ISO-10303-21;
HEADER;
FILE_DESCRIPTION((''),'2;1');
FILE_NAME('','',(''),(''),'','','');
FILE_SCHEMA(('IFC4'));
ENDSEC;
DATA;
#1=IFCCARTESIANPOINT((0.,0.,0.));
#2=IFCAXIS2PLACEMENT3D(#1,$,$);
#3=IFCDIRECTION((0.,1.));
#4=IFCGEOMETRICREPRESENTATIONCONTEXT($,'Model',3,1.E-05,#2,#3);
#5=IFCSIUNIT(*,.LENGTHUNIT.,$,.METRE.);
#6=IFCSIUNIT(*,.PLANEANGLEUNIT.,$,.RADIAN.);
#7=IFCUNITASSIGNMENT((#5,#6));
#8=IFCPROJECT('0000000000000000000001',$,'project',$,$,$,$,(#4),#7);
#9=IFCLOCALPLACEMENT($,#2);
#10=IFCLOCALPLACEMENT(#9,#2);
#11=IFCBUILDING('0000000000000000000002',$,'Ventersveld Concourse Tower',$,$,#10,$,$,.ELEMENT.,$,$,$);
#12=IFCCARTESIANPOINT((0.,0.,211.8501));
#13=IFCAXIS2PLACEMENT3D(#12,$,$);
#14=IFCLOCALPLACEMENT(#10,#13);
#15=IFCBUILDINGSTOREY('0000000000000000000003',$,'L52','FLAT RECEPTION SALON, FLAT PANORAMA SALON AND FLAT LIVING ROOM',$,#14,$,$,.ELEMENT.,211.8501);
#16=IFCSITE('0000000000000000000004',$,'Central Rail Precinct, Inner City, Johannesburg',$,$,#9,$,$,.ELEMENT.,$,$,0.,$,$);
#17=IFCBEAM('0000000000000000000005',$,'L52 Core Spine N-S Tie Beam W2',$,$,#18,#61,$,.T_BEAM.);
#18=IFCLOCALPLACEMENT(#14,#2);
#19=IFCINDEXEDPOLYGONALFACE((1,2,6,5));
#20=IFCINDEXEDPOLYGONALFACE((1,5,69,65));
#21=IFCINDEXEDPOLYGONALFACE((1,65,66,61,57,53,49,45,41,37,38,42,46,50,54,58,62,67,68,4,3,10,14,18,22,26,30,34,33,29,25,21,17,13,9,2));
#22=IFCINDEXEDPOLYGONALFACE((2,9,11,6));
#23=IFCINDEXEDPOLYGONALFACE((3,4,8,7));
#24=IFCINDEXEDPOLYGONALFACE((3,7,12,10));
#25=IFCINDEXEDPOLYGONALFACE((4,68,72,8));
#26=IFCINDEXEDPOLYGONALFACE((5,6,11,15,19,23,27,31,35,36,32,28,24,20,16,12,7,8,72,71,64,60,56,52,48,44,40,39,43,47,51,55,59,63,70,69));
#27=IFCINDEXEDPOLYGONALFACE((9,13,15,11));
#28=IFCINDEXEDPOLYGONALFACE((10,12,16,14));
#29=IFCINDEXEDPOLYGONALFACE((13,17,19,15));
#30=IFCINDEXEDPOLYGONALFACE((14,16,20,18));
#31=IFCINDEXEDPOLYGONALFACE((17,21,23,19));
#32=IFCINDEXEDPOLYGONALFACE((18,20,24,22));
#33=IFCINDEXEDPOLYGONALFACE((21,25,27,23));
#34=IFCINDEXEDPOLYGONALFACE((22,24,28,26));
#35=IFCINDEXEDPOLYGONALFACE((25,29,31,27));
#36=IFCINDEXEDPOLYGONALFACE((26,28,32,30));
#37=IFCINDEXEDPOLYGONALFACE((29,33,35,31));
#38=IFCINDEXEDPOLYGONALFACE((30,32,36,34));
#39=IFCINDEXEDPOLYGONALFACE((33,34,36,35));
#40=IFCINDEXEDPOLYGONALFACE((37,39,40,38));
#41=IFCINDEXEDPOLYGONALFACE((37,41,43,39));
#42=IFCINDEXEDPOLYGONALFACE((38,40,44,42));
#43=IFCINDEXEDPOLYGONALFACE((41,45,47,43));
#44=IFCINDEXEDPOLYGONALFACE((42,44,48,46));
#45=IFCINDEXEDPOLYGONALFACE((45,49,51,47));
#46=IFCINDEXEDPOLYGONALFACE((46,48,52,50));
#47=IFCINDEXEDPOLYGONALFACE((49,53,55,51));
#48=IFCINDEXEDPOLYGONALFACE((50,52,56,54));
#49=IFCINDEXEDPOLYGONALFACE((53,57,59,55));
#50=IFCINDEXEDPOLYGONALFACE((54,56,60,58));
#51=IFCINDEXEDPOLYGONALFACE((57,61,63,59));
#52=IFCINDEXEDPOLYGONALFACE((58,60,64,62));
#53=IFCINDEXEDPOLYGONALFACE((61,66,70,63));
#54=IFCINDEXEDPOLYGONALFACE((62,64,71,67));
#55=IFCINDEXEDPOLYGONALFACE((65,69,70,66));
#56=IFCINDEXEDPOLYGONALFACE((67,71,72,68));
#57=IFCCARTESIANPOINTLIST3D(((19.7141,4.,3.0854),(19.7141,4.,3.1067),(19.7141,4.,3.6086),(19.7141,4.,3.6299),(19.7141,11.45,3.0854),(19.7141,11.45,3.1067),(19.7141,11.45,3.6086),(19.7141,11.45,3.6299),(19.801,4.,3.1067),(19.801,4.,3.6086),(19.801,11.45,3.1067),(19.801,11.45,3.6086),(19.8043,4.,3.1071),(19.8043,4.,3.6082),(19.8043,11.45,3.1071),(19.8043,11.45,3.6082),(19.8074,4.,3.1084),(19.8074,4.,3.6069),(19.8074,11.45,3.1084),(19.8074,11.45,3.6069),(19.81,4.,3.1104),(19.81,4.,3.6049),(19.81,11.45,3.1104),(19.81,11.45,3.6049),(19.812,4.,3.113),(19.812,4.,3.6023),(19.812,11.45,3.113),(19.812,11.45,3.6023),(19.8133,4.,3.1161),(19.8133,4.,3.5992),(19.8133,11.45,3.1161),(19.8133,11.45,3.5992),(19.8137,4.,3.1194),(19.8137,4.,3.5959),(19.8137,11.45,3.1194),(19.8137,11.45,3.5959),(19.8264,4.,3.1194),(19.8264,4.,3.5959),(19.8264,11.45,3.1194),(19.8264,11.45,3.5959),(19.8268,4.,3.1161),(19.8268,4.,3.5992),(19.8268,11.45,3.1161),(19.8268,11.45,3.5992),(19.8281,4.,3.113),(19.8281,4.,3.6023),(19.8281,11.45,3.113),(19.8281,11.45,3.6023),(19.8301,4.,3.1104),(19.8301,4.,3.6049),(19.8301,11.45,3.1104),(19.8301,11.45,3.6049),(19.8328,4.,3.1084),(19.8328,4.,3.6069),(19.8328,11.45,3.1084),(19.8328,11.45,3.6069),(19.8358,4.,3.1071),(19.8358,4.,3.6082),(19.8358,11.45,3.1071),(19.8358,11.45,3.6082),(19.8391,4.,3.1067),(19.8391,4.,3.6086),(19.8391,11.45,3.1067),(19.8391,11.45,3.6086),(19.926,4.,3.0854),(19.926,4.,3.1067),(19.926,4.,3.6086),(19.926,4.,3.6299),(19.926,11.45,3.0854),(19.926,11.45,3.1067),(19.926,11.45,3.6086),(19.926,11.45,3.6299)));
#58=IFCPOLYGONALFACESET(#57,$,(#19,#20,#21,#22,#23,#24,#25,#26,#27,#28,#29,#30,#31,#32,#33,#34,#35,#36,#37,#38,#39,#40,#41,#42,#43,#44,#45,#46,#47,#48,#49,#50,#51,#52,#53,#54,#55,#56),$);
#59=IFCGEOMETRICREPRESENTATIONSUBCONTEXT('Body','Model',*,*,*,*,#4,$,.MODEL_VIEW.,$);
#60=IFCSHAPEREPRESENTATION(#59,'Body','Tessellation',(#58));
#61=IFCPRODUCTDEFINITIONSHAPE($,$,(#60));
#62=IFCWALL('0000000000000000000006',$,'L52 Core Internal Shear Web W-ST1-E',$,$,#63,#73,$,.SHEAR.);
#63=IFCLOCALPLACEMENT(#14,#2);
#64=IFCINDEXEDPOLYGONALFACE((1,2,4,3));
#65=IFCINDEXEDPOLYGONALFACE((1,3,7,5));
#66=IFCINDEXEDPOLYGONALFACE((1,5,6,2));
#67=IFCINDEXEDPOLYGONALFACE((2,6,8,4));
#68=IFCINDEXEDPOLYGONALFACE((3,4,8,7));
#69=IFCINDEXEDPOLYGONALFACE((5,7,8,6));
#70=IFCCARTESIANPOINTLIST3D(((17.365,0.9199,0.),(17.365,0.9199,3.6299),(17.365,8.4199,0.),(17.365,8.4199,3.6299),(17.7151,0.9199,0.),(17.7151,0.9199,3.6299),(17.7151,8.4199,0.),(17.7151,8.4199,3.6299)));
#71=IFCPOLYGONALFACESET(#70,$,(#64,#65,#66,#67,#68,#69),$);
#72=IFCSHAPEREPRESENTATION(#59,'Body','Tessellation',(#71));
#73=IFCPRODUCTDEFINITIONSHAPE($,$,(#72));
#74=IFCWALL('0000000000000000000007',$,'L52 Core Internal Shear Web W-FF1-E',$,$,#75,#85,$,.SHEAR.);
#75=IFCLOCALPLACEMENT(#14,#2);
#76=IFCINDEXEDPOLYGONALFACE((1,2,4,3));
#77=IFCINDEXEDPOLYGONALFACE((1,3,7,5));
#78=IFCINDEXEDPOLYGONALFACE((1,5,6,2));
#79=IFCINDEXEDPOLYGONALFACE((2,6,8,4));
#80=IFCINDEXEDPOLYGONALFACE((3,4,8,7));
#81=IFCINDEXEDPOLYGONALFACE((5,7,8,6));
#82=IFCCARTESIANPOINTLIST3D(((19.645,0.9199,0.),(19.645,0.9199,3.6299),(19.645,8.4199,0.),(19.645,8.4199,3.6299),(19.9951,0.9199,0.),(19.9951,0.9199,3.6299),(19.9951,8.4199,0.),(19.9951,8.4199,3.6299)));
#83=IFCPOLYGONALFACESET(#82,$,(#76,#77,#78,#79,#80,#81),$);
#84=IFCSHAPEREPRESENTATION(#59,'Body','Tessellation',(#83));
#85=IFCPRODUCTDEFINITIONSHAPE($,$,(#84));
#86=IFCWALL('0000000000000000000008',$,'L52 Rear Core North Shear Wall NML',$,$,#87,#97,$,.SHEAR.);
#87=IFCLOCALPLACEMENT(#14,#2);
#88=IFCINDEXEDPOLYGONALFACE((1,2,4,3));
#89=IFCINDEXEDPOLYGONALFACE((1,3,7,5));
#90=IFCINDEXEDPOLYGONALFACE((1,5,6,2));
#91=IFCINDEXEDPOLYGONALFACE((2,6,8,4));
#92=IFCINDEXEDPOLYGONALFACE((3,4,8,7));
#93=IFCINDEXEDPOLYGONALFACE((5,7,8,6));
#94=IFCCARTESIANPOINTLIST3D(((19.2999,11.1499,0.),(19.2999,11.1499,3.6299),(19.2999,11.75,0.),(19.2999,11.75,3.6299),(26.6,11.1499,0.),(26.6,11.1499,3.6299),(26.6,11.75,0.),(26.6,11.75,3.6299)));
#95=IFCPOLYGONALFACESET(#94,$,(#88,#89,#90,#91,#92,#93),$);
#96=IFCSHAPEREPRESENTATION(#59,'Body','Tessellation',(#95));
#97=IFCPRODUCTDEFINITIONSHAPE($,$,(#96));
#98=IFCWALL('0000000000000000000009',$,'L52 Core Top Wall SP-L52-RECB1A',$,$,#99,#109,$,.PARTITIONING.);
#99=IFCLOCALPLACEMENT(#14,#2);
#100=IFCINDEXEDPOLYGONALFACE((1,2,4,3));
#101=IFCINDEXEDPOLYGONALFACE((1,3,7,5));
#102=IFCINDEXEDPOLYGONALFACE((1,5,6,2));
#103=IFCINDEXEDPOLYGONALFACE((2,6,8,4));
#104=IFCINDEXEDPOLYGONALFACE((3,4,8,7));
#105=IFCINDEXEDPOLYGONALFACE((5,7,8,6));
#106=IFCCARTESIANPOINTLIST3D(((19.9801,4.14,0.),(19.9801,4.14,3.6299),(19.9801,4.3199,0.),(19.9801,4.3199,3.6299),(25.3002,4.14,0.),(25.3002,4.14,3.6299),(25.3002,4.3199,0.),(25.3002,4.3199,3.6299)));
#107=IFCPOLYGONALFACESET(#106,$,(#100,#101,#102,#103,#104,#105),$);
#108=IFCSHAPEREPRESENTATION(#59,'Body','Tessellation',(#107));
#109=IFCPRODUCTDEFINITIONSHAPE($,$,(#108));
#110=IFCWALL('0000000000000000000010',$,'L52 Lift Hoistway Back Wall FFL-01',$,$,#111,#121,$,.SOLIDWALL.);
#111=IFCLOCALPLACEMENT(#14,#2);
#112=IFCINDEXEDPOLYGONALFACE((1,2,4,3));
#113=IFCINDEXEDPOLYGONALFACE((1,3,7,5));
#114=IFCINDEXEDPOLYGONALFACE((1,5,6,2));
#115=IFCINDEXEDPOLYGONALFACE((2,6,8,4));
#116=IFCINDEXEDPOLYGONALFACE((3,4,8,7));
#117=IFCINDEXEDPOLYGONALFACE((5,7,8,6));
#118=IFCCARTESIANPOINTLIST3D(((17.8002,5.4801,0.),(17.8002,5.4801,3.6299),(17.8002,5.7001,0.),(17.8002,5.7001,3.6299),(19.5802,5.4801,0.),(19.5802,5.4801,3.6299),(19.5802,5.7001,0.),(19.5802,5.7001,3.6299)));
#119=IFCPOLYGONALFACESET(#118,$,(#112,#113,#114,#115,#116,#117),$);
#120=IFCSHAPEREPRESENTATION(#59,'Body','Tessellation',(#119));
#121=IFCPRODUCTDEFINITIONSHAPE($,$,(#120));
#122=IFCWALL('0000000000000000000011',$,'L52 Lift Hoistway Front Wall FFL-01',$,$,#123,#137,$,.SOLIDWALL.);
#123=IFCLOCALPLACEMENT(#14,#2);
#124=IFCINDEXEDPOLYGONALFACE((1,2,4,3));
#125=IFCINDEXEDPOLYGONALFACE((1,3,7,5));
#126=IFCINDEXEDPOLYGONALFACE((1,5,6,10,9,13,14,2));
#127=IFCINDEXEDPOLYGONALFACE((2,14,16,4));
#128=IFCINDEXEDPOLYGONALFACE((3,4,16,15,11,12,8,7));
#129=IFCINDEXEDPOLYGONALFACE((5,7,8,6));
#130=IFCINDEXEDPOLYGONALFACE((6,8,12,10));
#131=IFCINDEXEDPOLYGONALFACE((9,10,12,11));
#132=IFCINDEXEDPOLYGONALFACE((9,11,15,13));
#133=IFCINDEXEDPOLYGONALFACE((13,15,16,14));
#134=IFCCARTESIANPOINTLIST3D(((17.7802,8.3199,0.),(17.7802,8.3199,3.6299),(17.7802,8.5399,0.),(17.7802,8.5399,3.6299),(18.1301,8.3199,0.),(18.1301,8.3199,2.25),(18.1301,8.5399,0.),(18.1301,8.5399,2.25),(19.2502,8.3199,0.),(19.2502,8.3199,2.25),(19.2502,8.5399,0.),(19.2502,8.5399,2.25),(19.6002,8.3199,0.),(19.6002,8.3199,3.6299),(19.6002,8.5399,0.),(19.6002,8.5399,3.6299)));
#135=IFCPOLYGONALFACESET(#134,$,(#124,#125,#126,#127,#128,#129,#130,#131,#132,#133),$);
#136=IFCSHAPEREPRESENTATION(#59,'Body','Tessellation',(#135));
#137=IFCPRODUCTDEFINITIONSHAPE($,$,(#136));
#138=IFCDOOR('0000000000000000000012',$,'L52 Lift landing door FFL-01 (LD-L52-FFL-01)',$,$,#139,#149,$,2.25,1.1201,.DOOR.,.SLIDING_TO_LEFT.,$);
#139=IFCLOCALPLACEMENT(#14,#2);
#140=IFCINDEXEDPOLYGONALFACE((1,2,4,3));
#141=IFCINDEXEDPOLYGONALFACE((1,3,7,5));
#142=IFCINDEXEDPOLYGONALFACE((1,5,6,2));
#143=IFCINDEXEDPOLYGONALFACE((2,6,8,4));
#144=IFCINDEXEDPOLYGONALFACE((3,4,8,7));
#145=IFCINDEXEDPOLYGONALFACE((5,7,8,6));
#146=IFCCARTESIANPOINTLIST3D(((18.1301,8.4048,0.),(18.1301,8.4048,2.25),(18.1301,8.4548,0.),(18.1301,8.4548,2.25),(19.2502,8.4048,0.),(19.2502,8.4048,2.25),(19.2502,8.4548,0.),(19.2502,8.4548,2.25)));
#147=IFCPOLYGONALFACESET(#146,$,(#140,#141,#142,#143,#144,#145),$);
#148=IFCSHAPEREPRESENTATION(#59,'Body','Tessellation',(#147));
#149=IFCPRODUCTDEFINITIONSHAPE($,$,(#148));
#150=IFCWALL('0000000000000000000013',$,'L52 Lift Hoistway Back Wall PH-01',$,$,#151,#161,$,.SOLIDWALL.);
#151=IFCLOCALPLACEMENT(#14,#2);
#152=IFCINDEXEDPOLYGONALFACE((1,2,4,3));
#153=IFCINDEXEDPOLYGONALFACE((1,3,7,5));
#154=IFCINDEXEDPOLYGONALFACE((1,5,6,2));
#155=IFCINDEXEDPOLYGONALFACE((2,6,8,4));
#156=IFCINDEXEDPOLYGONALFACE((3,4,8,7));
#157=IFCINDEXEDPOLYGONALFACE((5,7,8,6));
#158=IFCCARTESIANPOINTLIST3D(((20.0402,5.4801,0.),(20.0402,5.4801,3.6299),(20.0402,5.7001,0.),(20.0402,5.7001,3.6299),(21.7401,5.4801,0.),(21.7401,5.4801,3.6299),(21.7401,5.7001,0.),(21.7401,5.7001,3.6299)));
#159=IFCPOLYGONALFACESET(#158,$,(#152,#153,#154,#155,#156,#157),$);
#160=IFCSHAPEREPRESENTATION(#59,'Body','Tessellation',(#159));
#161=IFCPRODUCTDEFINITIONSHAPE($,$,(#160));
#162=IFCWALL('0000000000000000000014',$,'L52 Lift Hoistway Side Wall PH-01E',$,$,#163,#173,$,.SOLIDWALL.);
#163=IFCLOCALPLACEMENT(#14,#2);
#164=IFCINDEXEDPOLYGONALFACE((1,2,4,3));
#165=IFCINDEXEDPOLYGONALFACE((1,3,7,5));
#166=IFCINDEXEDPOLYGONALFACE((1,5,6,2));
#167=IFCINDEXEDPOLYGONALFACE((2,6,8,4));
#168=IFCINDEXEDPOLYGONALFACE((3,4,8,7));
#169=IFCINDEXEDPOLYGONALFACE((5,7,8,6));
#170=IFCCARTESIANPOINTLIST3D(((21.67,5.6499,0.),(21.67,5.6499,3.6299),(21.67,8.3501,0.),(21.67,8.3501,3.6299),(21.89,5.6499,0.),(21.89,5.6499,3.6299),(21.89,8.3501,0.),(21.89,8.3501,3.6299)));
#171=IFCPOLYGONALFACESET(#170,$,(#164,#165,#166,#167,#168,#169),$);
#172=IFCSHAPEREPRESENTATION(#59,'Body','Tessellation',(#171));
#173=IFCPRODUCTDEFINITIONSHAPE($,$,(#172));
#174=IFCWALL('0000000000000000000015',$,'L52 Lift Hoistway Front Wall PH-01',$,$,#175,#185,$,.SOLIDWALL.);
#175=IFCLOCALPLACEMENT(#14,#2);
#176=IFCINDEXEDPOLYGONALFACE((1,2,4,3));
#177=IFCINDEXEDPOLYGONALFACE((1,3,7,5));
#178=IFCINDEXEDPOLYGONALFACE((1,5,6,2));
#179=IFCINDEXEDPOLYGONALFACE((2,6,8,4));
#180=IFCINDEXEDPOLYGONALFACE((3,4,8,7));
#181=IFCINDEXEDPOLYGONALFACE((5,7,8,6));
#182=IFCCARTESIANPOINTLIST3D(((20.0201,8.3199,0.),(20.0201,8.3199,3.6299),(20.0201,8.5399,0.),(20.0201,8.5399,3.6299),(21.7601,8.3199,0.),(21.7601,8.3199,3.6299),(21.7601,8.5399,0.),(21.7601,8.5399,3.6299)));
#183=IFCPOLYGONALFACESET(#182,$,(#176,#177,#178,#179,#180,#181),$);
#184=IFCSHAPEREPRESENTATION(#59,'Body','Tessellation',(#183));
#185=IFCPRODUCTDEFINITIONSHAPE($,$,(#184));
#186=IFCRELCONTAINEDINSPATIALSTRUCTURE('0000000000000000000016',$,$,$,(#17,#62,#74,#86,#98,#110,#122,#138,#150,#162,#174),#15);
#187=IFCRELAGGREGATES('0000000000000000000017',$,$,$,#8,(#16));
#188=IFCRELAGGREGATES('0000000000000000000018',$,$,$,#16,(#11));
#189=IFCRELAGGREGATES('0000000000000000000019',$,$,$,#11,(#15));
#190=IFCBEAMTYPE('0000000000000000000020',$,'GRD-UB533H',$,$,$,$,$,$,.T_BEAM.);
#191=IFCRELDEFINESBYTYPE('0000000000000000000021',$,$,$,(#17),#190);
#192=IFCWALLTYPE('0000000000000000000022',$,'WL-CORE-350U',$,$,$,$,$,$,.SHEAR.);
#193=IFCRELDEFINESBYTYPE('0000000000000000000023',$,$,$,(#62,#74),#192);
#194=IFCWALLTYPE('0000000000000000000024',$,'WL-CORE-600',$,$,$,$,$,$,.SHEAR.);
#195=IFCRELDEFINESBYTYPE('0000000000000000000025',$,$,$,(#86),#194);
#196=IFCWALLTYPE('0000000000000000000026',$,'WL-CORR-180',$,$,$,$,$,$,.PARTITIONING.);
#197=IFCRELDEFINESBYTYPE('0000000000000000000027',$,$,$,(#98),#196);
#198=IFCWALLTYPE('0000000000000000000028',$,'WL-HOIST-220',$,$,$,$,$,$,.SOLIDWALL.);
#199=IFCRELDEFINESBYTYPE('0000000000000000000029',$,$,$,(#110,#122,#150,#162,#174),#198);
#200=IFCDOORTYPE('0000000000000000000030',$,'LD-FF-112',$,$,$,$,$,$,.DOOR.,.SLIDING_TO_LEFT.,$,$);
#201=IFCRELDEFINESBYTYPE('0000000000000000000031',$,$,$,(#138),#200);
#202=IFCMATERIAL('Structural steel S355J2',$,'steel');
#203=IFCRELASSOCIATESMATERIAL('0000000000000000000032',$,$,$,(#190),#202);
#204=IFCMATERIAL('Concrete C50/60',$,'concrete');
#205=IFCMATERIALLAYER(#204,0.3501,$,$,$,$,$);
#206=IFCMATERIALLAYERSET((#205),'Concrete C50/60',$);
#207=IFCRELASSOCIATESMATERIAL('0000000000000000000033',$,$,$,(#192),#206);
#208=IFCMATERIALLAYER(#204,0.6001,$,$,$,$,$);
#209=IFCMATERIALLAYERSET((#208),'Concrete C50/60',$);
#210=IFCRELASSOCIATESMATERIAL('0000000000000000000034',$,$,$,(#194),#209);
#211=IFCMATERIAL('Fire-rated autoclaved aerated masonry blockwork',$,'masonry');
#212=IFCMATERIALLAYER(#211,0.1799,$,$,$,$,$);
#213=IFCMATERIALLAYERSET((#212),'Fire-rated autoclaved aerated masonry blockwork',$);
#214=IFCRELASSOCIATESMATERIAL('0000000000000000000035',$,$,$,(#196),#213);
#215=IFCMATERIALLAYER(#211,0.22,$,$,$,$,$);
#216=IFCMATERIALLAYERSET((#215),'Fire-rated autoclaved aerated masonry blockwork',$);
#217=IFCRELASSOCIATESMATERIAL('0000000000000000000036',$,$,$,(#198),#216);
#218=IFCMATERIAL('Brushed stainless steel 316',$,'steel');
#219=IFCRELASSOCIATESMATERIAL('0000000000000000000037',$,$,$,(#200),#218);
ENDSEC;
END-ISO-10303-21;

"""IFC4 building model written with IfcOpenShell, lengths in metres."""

from ifc_helpers import new_model, si_unit, direction, frame, frame_2d, origin, origin_2d, place, context, subcontext, project, spatial, rectangle, i_section, extrude, material, layer, layer_set, material_profile, profile_set, type_object, element, fill, save


model = new_model("IFC4")

# Units and contexts
model_context = context("Model", 3, precision=1e-05, world=origin(), true_north=direction((0.0, 1.0)))
body_context = subcontext(model_context, "Body", "Model", "MODEL_VIEW")
ifc_project = project(units=[si_unit("LENGTHUNIT", "METRE"), si_unit("PLANEANGLEUNIT", "RADIAN")], contexts=[model_context])

# Site, building, storey
site_placement = place(None, origin())
site = spatial("IfcSite", under=ifc_project, at=site_placement, Name="Central Rail Precinct, Inner City, Johannesburg", CompositionType="ELEMENT", RefElevation=0.0)
building_placement = place(site_placement, origin())
building = spatial("IfcBuilding", under=site, at=building_placement, Name="Ventersveld Concourse Tower", CompositionType="ELEMENT")
storey_placement = place(building_placement, frame((0.0, 0.0, 211.8501)))
storey = spatial("IfcBuildingStorey", under=building, at=storey_placement, Name="L52", Description="FLAT RECEPTION SALON, FLAT PANORAMA SALON AND FLAT LIVING ROOM", CompositionType="ELEMENT", Elevation=211.8501)

# Shared definitions
ifc_material_1 = material(Name="Concrete C50/60", Category="concrete")

# Beam
ifc_material_2 = material(Name="Structural steel S355J2", Category="steel")
ifc_material_profile_1 = material_profile(ifc_material_2, i_section(OverallWidth=0.2119, OverallDepth=0.5444, WebThickness=0.0127, FlangeThickness=0.0212, FilletRadius=0.0127, at=origin_2d()), Name="UB 533x210x122")
ifc_profile_set_1 = profile_set([ifc_material_profile_1], Name="Structural steel S355J2")
beam_type_1 = type_object("IfcBeamType", Name="GRD-UB533H", PredefinedType="T_BEAM", material=ifc_profile_set_1)
beam_1_placement = place(storey_placement, frame((19.8201, 4.0, 3.3577), z_axis=(0.0, 1.0, 0.0), x_axis=(-1.0, 0.0, 0.0)))
element("IfcBeam", 1, at=beam_1_placement, inside=storey, type_object=beam_type_1, Name="L52 Core Spine N-S Tie Beam W2", PredefinedType="T_BEAM", context=body_context, shape_type="SweptSolid", body=[
    extrude(i_section(OverallWidth=0.2119, OverallDepth=0.5444, WebThickness=0.0127, FlangeThickness=0.0212, FilletRadius=0.0127, at=origin_2d()), origin(), (0.0, 0.0, 1.0), 7.45),
])

# Walls
ifc_layer_1 = layer(ifc_material_1, 0.3501)
ifc_layer_set_1 = layer_set([ifc_layer_1], Name="Concrete C50/60")
wall_type_1 = type_object("IfcWallType", Name="WL-CORE-350U", PredefinedType="SHEAR", material=ifc_layer_set_1)
for number, where, z_axis, x_axis, name in (
    (2, (17.54, 0.9199, 0.0), (0.0, 0.0, 1.0), (0.0, 1.0, 0.0), "L52 Core Internal Shear Web W-ST1-E"),
    (3, (19.8201, 0.9199, 0.0), (0.0, 0.0, 1.0), (0.0, 1.0, 0.0), "L52 Core Internal Shear Web W-FF1-E"),
):
    element("IfcWall", number, at=place(storey_placement, frame(where, z_axis=z_axis, x_axis=x_axis)), inside=storey, type_object=wall_type_1, Name=name, PredefinedType="SHEAR", context=body_context, shape_type="SweptSolid", body=[
        extrude(rectangle(XDim=7.5, YDim=0.3501, at=frame_2d((3.75, 0.0))), origin(), (0.0, 0.0, 1.0), 3.6299),
    ])
ifc_layer_2 = layer(ifc_material_1, 0.6001)
ifc_layer_set_2 = layer_set([ifc_layer_2], Name="Concrete C50/60")
wall_type_2 = type_object("IfcWallType", Name="WL-CORE-600", PredefinedType="SHEAR", material=ifc_layer_set_2)
wall_1_placement = place(storey_placement, frame((19.3, 11.45, 0.0), z_axis=(0.0, 0.0, 1.0), x_axis=(1.0, 0.0, 0.0)))
element("IfcWall", 4, at=wall_1_placement, inside=storey, type_object=wall_type_2, Name="L52 Rear Core North Shear Wall NML", PredefinedType="SHEAR", context=body_context, shape_type="SweptSolid", body=[
    extrude(rectangle(XDim=7.3, YDim=0.6001, at=frame_2d((3.6499, 0.0))), origin(), (0.0, 0.0, 1.0), 3.6299),
])
ifc_material_3 = material(Name="Fire-rated autoclaved aerated masonry blockwork", Category="masonry")
ifc_layer_3 = layer(ifc_material_3, 0.1799)
ifc_layer_set_3 = layer_set([ifc_layer_3], Name="Fire-rated autoclaved aerated masonry blockwork")
wall_type_3 = type_object("IfcWallType", Name="WL-CORR-180", PredefinedType="PARTITIONING", material=ifc_layer_set_3)
wall_2_placement = place(storey_placement, frame((19.98, 4.23, 0.0), z_axis=(0.0, 0.0, 1.0), x_axis=(1.0, 0.0, 0.0)))
element("IfcWall", 5, at=wall_2_placement, inside=storey, type_object=wall_type_3, Name="L52 Core Top Wall SP-L52-RECB1A", PredefinedType="PARTITIONING", context=body_context, shape_type="SweptSolid", body=[
    extrude(rectangle(XDim=5.3201, YDim=0.1799, at=frame_2d((2.6602, 0.0))), origin(), (0.0, 0.0, 1.0), 3.6299),
])
ifc_layer_4 = layer(ifc_material_3, 0.22)
ifc_layer_set_4 = layer_set([ifc_layer_4], Name="Fire-rated autoclaved aerated masonry blockwork")
wall_type_4 = type_object("IfcWallType", Name="WL-HOIST-220", PredefinedType="SOLIDWALL", material=ifc_layer_set_4)
wall_3_placement = place(storey_placement, frame((17.8, 5.5901, 0.0), z_axis=(0.0, 0.0, 1.0), x_axis=(1.0, 0.0, 0.0)))
element("IfcWall", 6, at=wall_3_placement, inside=storey, type_object=wall_type_4, Name="L52 Lift Hoistway Back Wall FFL-01", PredefinedType="SOLIDWALL", context=body_context, shape_type="SweptSolid", body=[
    extrude(rectangle(XDim=1.78, YDim=0.22, at=frame_2d((0.8901, 0.0))), origin(), (0.0, 0.0, 1.0), 3.6299),
])

# Wall, opening, door
wall_4_placement = place(storey_placement, frame((17.78, 8.4299, 0.0), z_axis=(0.0, 0.0, 1.0), x_axis=(1.0, 0.0, 0.0)))
wall_4 = element("IfcWall", 7, at=wall_4_placement, inside=storey, type_object=wall_type_4, Name="L52 Lift Hoistway Front Wall FFL-01", PredefinedType="SOLIDWALL", context=body_context, shape_type="SweptSolid", body=[
    extrude(rectangle(XDim=1.8201, YDim=0.22, at=frame_2d((0.9102, 0.0))), origin(), (0.0, 0.0, 1.0), 3.6299),
])
opening_1_placement = place(wall_4_placement, frame((0.3501, 0.0, 0.0)))
opening_1 = element("IfcOpeningElement", 8, at=opening_1_placement, cuts=wall_4, PredefinedType="OPENING", context=body_context, shape_type="SweptSolid", body=[
    extrude(rectangle(XDim=1.1201, YDim=2.25, at=frame_2d((0.5601, 1.125))), frame((0.0, 0.1201, 0.0), z_axis=(0.0, -1.0, 0.0), x_axis=(1.0, 0.0, 0.0)), (0.0, 0.0, 1.0), 0.24),
])
ifc_material_4 = material(Name="Brushed stainless steel 316", Category="steel")
door_type_1 = type_object("IfcDoorType", Name="LD-FF-112", OperationType="SLIDING_TO_LEFT", PredefinedType="DOOR", material=ifc_material_4)
door_1_placement = place(opening_1_placement, origin())
door_1 = element("IfcDoor", 9, at=door_1_placement, inside=storey, type_object=door_type_1, Name="L52 Lift landing door FFL-01 (LD-L52-FFL-01)", OperationType="SLIDING_TO_LEFT", OverallHeight=2.25, OverallWidth=1.1201, PredefinedType="DOOR", context=body_context, shape_type="SweptSolid", body=[
    extrude(rectangle(XDim=1.1201, YDim=2.25, at=frame_2d((0.5601, 1.125))), frame((0.0, 0.0249, 0.0), z_axis=(0.0, -1.0, 0.0), x_axis=(1.0, 0.0, 0.0)), (0.0, 0.0, 1.0), 0.05),
])
fill(opening_1, door_1)

# Walls
wall_5_placement = place(storey_placement, frame((20.04, 5.5901, 0.0), z_axis=(0.0, 0.0, 1.0), x_axis=(1.0, 0.0, 0.0)))
element("IfcWall", 10, at=wall_5_placement, inside=storey, type_object=wall_type_4, Name="L52 Lift Hoistway Back Wall PH-01", PredefinedType="SOLIDWALL", context=body_context, shape_type="SweptSolid", body=[
    extrude(rectangle(XDim=1.7, YDim=0.22, at=frame_2d((0.8501, 0.0))), origin(), (0.0, 0.0, 1.0), 3.6299),
])
wall_6_placement = place(storey_placement, frame((21.78, 5.6499, 0.0), z_axis=(0.0, 0.0, 1.0), x_axis=(0.0, 1.0, 0.0)))
element("IfcWall", 11, at=wall_6_placement, inside=storey, type_object=wall_type_4, Name="L52 Lift Hoistway Side Wall PH-01E", PredefinedType="SOLIDWALL", context=body_context, shape_type="SweptSolid", body=[
    extrude(rectangle(XDim=2.7002, YDim=0.22, at=frame_2d((1.3501, 0.0))), origin(), (0.0, 0.0, 1.0), 3.6299),
])
wall_7_placement = place(storey_placement, frame((20.02, 8.4299, 0.0), z_axis=(0.0, 0.0, 1.0), x_axis=(1.0, 0.0, 0.0)))
element("IfcWall", 12, at=wall_7_placement, inside=storey, type_object=wall_type_4, Name="L52 Lift Hoistway Front Wall PH-01", PredefinedType="SOLIDWALL", context=body_context, shape_type="SweptSolid", body=[
    extrude(rectangle(XDim=1.74, YDim=0.22, at=frame_2d((0.8701, 0.0))), origin(), (0.0, 0.0, 1.0), 3.6299),
])

save(model, "model.ifc")
